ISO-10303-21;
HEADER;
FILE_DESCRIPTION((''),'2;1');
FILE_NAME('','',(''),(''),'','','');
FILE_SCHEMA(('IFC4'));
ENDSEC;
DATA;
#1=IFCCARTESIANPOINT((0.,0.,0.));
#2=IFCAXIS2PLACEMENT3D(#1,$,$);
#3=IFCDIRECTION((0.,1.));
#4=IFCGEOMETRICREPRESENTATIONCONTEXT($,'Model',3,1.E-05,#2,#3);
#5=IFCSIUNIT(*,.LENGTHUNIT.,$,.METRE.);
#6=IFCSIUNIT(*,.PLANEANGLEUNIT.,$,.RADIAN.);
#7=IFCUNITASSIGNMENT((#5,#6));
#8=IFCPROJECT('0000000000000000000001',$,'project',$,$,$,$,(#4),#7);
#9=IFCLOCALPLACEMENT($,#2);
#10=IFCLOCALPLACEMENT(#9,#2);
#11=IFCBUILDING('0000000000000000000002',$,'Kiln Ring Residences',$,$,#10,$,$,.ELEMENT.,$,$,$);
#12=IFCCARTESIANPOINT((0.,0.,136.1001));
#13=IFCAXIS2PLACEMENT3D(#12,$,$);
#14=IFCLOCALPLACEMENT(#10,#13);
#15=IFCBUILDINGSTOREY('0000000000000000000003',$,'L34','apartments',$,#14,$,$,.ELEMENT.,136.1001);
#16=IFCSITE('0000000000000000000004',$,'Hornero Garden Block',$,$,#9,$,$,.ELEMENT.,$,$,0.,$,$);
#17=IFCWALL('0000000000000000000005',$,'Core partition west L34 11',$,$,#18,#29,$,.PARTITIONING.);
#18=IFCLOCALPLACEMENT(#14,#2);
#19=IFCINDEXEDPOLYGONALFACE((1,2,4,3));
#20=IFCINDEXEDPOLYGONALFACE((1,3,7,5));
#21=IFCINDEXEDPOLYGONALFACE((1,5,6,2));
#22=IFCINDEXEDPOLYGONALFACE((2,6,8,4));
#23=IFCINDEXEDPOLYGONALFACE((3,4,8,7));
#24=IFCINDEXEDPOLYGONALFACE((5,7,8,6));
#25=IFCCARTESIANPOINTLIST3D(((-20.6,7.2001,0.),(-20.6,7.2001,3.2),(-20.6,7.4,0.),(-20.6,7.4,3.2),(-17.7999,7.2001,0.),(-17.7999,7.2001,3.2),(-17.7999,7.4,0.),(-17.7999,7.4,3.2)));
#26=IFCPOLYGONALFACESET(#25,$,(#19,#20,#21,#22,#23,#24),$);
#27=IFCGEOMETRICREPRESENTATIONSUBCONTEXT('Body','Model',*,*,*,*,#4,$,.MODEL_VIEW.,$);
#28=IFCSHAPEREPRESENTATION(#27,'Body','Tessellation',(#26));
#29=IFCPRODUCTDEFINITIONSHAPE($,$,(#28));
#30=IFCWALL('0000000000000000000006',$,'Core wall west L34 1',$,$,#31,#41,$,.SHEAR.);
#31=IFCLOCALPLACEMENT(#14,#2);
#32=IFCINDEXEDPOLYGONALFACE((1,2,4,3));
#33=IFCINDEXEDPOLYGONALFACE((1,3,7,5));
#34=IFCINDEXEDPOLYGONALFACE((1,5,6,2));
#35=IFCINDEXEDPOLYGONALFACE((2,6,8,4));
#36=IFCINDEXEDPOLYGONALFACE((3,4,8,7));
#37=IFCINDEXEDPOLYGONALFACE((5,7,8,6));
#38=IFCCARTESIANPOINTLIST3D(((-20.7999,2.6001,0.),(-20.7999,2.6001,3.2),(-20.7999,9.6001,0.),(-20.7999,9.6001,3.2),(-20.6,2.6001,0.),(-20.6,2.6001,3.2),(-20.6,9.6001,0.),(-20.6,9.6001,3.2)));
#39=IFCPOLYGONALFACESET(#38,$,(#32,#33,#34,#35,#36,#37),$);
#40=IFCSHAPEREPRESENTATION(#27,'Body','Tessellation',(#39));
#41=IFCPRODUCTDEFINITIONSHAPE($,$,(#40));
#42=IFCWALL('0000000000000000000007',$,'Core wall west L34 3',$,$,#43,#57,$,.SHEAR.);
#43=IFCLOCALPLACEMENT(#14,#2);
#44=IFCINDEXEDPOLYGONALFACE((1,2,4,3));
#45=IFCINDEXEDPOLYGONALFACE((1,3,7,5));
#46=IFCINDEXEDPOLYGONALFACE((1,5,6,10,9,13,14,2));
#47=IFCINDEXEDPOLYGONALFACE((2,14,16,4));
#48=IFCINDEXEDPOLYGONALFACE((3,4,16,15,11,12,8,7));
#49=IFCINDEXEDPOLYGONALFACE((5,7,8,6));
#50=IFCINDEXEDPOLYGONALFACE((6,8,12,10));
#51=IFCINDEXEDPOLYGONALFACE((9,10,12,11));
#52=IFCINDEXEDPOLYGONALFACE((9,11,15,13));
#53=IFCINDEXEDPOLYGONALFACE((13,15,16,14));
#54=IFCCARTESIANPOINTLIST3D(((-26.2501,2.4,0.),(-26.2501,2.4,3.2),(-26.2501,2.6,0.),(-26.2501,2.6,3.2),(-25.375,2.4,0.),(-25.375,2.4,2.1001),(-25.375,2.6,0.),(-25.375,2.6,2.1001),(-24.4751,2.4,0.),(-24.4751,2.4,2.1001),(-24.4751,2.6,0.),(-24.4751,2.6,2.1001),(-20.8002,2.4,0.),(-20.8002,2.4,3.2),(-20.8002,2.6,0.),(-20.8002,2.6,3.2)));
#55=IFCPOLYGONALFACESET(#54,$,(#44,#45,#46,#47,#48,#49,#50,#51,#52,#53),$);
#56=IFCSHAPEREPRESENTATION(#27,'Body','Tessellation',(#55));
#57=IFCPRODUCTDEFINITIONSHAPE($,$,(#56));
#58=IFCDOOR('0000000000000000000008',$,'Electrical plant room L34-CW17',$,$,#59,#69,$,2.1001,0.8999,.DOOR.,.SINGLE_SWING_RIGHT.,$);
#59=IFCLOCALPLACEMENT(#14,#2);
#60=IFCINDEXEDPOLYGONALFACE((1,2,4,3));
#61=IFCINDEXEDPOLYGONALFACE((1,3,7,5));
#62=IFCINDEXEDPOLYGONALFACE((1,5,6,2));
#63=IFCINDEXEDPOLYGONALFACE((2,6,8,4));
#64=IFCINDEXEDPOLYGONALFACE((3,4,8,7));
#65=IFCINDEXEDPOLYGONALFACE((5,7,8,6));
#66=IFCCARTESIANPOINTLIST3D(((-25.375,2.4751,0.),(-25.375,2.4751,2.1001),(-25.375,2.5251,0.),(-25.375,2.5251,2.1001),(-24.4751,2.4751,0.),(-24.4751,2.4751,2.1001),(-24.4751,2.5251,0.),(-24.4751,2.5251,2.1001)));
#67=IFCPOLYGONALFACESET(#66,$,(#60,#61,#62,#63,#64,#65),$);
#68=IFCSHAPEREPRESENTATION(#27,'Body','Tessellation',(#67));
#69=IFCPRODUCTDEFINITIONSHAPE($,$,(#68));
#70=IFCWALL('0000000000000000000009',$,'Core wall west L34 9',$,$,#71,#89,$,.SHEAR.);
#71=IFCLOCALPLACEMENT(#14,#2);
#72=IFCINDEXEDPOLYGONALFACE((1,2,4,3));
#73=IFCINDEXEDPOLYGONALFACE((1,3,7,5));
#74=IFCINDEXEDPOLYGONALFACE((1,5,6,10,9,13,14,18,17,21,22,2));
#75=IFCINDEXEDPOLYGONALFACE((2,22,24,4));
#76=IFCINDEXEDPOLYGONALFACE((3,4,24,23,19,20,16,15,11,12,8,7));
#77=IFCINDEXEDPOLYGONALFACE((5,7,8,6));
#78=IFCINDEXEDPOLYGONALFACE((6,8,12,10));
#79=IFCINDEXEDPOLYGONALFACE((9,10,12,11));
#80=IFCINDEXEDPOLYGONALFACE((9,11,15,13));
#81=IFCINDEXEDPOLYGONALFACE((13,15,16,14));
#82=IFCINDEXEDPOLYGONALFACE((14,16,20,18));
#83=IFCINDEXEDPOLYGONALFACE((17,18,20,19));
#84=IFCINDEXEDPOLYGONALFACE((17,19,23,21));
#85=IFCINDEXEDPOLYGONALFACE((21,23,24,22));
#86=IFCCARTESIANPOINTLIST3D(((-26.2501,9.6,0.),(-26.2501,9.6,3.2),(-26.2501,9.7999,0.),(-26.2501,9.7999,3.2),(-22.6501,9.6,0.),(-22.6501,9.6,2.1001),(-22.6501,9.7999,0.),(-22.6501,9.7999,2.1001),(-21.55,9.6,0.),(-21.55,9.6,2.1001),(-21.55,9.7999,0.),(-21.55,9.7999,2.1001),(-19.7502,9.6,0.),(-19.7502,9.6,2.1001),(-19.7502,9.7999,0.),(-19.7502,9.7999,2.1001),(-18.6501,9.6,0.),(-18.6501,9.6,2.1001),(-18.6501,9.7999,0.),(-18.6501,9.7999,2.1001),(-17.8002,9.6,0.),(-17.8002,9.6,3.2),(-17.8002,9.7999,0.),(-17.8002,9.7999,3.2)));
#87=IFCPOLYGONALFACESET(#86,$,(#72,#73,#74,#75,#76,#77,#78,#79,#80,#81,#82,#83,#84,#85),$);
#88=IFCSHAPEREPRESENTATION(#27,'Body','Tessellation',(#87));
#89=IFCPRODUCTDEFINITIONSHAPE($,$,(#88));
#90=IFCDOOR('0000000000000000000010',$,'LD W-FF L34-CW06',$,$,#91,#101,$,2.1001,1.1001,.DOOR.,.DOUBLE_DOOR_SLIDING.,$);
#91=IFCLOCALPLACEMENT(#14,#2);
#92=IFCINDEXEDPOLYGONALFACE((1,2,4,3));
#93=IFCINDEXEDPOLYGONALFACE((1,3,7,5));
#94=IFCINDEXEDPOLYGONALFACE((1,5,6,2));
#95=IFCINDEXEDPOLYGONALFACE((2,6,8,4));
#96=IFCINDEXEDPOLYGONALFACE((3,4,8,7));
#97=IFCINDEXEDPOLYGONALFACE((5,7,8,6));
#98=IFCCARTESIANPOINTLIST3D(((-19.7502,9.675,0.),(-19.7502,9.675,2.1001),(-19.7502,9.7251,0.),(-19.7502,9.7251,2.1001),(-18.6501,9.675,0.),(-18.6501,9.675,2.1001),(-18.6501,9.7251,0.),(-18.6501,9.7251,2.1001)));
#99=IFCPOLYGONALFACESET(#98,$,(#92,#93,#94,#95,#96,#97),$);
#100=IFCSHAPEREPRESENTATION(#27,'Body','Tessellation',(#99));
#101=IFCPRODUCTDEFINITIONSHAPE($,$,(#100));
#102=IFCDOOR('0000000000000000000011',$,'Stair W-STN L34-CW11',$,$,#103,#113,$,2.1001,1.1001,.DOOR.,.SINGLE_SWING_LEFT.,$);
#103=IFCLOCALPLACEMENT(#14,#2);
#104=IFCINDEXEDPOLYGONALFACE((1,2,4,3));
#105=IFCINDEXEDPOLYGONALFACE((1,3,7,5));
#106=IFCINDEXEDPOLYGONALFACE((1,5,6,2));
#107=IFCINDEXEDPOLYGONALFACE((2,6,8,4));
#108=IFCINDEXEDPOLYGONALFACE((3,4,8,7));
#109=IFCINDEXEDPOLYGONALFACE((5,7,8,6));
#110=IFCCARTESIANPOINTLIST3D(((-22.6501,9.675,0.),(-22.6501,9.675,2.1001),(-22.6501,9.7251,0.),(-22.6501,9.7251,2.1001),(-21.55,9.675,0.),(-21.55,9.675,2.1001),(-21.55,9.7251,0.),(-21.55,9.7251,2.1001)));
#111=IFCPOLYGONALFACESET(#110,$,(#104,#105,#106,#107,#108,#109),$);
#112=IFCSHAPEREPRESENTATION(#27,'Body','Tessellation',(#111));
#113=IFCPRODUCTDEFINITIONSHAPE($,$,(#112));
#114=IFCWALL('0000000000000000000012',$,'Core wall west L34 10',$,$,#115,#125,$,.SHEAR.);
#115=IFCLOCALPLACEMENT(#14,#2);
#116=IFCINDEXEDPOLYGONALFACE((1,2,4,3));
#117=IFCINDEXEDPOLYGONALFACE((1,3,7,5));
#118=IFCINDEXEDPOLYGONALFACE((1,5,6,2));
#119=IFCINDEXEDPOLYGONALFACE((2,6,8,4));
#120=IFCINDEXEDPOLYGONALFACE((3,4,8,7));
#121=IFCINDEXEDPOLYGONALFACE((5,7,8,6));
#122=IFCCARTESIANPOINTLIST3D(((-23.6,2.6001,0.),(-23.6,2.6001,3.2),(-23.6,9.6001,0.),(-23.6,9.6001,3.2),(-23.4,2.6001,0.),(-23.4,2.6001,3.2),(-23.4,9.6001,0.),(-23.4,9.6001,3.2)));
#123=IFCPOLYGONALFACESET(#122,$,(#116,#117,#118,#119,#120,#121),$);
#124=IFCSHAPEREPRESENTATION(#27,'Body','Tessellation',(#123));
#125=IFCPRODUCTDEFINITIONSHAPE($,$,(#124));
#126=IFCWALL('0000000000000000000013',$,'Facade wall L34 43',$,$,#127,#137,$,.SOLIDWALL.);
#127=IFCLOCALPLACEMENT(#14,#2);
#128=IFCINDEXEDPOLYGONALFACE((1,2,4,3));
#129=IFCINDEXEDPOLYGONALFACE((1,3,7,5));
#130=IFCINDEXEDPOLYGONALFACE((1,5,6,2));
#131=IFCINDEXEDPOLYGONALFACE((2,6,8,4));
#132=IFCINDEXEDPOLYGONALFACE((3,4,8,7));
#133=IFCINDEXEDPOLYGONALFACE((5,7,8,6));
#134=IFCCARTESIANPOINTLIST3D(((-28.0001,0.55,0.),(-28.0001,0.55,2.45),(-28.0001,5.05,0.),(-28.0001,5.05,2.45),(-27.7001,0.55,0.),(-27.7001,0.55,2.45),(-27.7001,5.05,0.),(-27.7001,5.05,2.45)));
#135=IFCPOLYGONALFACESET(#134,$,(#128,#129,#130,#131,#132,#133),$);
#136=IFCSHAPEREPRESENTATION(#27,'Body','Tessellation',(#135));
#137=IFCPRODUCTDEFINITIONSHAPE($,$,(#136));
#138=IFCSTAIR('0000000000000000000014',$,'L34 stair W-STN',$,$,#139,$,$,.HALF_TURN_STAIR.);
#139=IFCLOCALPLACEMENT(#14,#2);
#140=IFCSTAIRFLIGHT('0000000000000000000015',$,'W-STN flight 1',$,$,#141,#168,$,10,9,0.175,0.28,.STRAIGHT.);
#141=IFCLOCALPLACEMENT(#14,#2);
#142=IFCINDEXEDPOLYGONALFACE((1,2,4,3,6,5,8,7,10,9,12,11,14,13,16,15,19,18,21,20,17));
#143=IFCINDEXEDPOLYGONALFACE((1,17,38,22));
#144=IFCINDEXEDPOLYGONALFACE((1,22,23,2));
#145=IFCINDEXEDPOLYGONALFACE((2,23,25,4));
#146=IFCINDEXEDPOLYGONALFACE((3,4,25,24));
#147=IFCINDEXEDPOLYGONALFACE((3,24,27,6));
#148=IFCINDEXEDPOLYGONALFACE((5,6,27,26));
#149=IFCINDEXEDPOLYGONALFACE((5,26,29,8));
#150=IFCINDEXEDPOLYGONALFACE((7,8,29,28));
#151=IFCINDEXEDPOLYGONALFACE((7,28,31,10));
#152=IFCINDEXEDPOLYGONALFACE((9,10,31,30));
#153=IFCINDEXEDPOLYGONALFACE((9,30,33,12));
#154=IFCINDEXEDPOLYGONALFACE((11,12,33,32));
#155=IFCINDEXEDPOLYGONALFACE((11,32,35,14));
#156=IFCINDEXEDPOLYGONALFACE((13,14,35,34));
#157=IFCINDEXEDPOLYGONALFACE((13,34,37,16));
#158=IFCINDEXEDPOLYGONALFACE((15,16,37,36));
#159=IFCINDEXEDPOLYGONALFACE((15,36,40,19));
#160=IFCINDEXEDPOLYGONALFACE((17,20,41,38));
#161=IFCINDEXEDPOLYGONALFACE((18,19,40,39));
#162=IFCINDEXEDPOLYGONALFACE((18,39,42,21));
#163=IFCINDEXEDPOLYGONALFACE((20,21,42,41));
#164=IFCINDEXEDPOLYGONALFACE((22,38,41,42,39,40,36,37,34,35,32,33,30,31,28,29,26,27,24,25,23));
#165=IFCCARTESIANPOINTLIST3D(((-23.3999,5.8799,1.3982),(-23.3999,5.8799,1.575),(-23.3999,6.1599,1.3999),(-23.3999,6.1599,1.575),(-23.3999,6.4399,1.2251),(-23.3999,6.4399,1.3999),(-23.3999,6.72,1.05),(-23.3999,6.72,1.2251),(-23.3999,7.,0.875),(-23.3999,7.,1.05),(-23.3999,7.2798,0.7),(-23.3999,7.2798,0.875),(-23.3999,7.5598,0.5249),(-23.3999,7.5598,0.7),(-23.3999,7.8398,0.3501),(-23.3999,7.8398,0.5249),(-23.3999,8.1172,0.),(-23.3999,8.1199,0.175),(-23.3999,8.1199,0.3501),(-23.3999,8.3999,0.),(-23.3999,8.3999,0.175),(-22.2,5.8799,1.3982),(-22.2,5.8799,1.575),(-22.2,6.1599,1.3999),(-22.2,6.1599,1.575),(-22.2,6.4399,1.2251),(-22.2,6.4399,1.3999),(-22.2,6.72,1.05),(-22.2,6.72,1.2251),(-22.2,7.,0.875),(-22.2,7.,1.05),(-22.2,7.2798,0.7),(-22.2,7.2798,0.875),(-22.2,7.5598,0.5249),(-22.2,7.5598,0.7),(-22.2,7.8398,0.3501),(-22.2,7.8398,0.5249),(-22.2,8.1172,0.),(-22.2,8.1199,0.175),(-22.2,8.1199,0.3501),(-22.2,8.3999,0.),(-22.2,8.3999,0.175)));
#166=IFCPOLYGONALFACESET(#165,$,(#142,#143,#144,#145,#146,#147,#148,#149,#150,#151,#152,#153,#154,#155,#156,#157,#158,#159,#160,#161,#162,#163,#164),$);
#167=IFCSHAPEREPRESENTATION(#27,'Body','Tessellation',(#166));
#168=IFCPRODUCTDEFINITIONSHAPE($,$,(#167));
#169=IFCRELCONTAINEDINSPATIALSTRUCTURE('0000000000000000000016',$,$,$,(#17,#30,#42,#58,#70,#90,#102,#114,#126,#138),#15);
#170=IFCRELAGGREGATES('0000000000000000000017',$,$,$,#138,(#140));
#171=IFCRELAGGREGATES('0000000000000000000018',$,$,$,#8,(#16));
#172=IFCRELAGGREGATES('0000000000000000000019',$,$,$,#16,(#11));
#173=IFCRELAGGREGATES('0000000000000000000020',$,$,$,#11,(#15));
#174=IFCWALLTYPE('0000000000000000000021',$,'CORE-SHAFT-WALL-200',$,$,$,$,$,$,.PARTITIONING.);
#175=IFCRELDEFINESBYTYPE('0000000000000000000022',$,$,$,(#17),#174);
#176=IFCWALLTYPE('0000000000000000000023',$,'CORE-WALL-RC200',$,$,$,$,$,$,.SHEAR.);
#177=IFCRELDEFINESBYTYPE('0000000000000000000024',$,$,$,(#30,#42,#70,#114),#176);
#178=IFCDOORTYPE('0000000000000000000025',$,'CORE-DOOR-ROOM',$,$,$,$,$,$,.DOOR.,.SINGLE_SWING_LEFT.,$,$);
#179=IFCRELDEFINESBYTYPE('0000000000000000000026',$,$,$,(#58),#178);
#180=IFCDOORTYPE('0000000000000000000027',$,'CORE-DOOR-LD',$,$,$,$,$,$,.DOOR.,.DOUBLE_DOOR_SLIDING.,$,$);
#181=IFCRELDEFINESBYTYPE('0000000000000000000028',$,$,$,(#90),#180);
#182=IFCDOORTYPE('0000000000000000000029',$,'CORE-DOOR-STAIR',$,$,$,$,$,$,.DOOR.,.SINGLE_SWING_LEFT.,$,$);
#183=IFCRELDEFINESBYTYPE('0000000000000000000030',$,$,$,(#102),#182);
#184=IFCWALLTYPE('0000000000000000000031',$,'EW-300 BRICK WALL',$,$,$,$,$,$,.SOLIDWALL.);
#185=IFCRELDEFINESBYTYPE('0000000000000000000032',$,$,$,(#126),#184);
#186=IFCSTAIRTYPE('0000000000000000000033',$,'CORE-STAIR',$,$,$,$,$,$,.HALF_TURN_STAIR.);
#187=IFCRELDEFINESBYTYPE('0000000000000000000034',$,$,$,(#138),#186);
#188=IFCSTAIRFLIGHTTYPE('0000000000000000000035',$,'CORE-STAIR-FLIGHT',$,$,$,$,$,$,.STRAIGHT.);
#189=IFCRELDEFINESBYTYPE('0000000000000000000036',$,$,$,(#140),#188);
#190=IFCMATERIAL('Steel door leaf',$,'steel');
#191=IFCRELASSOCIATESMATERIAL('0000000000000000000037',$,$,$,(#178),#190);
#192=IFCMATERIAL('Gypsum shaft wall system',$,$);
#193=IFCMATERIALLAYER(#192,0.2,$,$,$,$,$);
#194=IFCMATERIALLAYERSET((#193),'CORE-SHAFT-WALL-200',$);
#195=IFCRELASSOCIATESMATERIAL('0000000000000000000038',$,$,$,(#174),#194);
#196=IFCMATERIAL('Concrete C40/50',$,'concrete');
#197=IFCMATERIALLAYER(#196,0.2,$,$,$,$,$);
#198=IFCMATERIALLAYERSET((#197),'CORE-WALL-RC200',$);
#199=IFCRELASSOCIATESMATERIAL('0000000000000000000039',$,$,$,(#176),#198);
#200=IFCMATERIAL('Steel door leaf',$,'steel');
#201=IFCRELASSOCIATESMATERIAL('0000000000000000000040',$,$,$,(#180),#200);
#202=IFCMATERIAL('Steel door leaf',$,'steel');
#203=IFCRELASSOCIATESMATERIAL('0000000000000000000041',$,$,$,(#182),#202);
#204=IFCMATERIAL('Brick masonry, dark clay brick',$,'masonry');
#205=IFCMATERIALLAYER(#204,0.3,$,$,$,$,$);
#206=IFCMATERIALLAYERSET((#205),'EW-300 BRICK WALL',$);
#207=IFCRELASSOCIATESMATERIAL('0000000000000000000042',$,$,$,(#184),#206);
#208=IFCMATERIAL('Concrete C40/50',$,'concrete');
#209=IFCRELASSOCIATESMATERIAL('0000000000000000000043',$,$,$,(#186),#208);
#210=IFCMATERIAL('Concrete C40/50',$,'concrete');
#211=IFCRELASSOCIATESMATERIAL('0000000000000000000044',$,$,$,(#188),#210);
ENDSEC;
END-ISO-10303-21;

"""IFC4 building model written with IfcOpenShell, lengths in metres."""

from ifc_helpers import new_model, si_unit, direction, frame, frame_2d, origin, place, context, subcontext, project, spatial, polyline, rectangle, outline, extrude, material, layer, layer_set, type_object, element, fill, aggregate, save


model = new_model("IFC4")

# Units and contexts
model_context = context("Model", 3, precision=1e-05, world=origin(), true_north=direction((0.0, 1.0)))
body_context = subcontext(model_context, "Body", "Model", "MODEL_VIEW")
ifc_project = project(units=[si_unit("LENGTHUNIT", "METRE"), si_unit("PLANEANGLEUNIT", "RADIAN")], contexts=[model_context])

# Site, building, storey
site_placement = place(None, origin())
site = spatial("IfcSite", under=ifc_project, at=site_placement, Name="Hornero Garden Block", CompositionType="ELEMENT", RefElevation=0.0)
building_placement = place(site_placement, origin())
building = spatial("IfcBuilding", under=site, at=building_placement, Name="Kiln Ring Residences", CompositionType="ELEMENT")
storey_placement = place(building_placement, frame((0.0, 0.0, 136.1001)))
storey = spatial("IfcBuildingStorey", under=building, at=storey_placement, Name="L34", Description="apartments", CompositionType="ELEMENT", Elevation=136.1001)

# Shared definitions
ifc_material_1 = material(Name="Steel door leaf", Category="steel")
door_type_1 = type_object("IfcDoorType", Name="CORE-DOOR-ROOM", OperationType="SINGLE_SWING_LEFT", PredefinedType="DOOR", material=ifc_material_1)

# Shared definitions
ifc_material_2 = material(Name="Gypsum shaft wall system")
ifc_layer_1 = layer(ifc_material_2, 0.2)
ifc_layer_set_1 = layer_set([ifc_layer_1], Name="CORE-SHAFT-WALL-200")
wall_type_1 = type_object("IfcWallType", Name="CORE-SHAFT-WALL-200", PredefinedType="PARTITIONING", material=ifc_layer_set_1)

# Walls
for number, where, z_axis, x_axis, name in (
    (1, (-17.8, 7.3, 0.0), (0.0, 0.0, 1.0), (-1.0, 0.0, 0.0), "Core partition west L34 11"),
):
    element("IfcWall", number, at=place(storey_placement, frame(where, z_axis=z_axis, x_axis=x_axis)), inside=storey, type_object=wall_type_1, Name=name, PredefinedType="PARTITIONING", context=body_context, shape_type="SweptSolid", body=[
        extrude(rectangle(XDim=2.8, YDim=0.2, at=frame_2d((1.3999, 0.0))), origin(), (0.0, 0.0, 1.0), 3.2),
    ])
ifc_material_3 = material(Name="Concrete C40/50", Category="concrete")
ifc_layer_2 = layer(ifc_material_3, 0.2)
ifc_layer_set_2 = layer_set([ifc_layer_2], Name="CORE-WALL-RC200")
wall_type_2 = type_object("IfcWallType", Name="CORE-WALL-RC200", PredefinedType="SHEAR", material=ifc_layer_set_2)
wall_1_placement = place(storey_placement, frame((-20.7, 2.6001, 0.0), z_axis=(0.0, 0.0, 1.0), x_axis=(0.0, 1.0, 0.0)))
element("IfcWall", 2, at=wall_1_placement, inside=storey, type_object=wall_type_2, Name="Core wall west L34 1", PredefinedType="SHEAR", context=body_context, shape_type="SweptSolid", body=[
    extrude(rectangle(XDim=7.0, YDim=0.2, at=frame_2d((3.5, 0.0))), origin(), (0.0, 0.0, 1.0), 3.2),
])

# Wall, opening, door
wall_2_placement = place(storey_placement, frame((-20.8, 2.5, 0.0), z_axis=(0.0, 0.0, 1.0), x_axis=(-1.0, 0.0, 0.0)))
wall_2 = element("IfcWall", 3, at=wall_2_placement, inside=storey, type_object=wall_type_2, Name="Core wall west L34 3", PredefinedType="SHEAR", context=body_context, shape_type="SweptSolid", body=[
    extrude(rectangle(XDim=5.45, YDim=0.2, at=frame_2d((2.7251, 0.0))), origin(), (0.0, 0.0, 1.0), 3.2),
])
opening_1_placement = place(wall_2_placement, frame((3.675, 0.0, 0.0)))
opening_1 = element("IfcOpeningElement", 4, at=opening_1_placement, cuts=wall_2, PredefinedType="OPENING", context=body_context, shape_type="SweptSolid", body=[
    extrude(rectangle(XDim=0.8999, YDim=2.1001, at=frame_2d((0.45, 1.05))), frame((0.0, 0.1099, 0.0), z_axis=(0.0, -1.0, 0.0), x_axis=(1.0, 0.0, 0.0)), (0.0, 0.0, 1.0), 0.22),
])
door_1_placement = place(opening_1_placement, origin())
door_1 = element("IfcDoor", 5, at=door_1_placement, inside=storey, type_object=door_type_1, Name="Electrical plant room L34-CW17", OperationType="SINGLE_SWING_RIGHT", OverallHeight=2.1001, OverallWidth=0.8999, PredefinedType="DOOR", context=body_context, shape_type="SweptSolid", body=[
    extrude(rectangle(XDim=0.8999, YDim=2.1001, at=frame_2d((0.45, 1.05))), frame((0.0, 0.0249, 0.0), z_axis=(0.0, -1.0, 0.0), x_axis=(1.0, 0.0, 0.0)), (0.0, 0.0, 1.0), 0.05),
])
fill(opening_1, door_1)

# Wall, openings, doors
wall_3_placement = place(storey_placement, frame((-17.8, 9.7, 0.0), z_axis=(0.0, 0.0, 1.0), x_axis=(-1.0, 0.0, 0.0)))
wall_3 = element("IfcWall", 6, at=wall_3_placement, inside=storey, type_object=wall_type_2, Name="Core wall west L34 9", PredefinedType="SHEAR", context=body_context, shape_type="SweptSolid", body=[
    extrude(rectangle(XDim=8.45, YDim=0.2, at=frame_2d((4.2251, 0.0))), origin(), (0.0, 0.0, 1.0), 3.2),
])
opening_2_placement = place(wall_3_placement, frame((0.8501, 0.0, 0.0)))
opening_2 = element("IfcOpeningElement", 7, at=opening_2_placement, cuts=wall_3, PredefinedType="OPENING", context=body_context, shape_type="SweptSolid", body=[
    extrude(rectangle(XDim=1.1001, YDim=2.1001, at=frame_2d((0.55, 1.05))), frame((0.0, 0.1099, 0.0), z_axis=(0.0, -1.0, 0.0), x_axis=(1.0, 0.0, 0.0)), (0.0, 0.0, 1.0), 0.22),
])
opening_3_placement = place(wall_3_placement, frame((3.75, 0.0, 0.0)))
opening_3 = element("IfcOpeningElement", 8, at=opening_3_placement, cuts=wall_3, PredefinedType="OPENING", context=body_context, shape_type="SweptSolid", body=[
    extrude(rectangle(XDim=1.1001, YDim=2.1001, at=frame_2d((0.55, 1.05))), frame((0.0, 0.1099, 0.0), z_axis=(0.0, -1.0, 0.0), x_axis=(1.0, 0.0, 0.0)), (0.0, 0.0, 1.0), 0.22),
])
ifc_material_4 = material(Name="Steel door leaf", Category="steel")
door_type_2 = type_object("IfcDoorType", Name="CORE-DOOR-LD", OperationType="DOUBLE_DOOR_SLIDING", PredefinedType="DOOR", material=ifc_material_4)
door_2_placement = place(opening_2_placement, origin())
door_2 = element("IfcDoor", 9, at=door_2_placement, inside=storey, type_object=door_type_2, Name="LD W-FF L34-CW06", OperationType="DOUBLE_DOOR_SLIDING", OverallHeight=2.1001, OverallWidth=1.1001, PredefinedType="DOOR", context=body_context, shape_type="SweptSolid", body=[
    extrude(rectangle(XDim=1.1001, YDim=2.1001, at=frame_2d((0.55, 1.05))), frame((0.0, 0.0249, 0.0), z_axis=(0.0, -1.0, 0.0), x_axis=(1.0, 0.0, 0.0)), (0.0, 0.0, 1.0), 0.05),
])
fill(opening_2, door_2)
ifc_material_5 = material(Name="Steel door leaf", Category="steel")
door_type_3 = type_object("IfcDoorType", Name="CORE-DOOR-STAIR", OperationType="SINGLE_SWING_LEFT", PredefinedType="DOOR", material=ifc_material_5)
door_3_placement = place(opening_3_placement, origin())
door_3 = element("IfcDoor", 10, at=door_3_placement, inside=storey, type_object=door_type_3, Name="Stair W-STN L34-CW11", OperationType="SINGLE_SWING_LEFT", OverallHeight=2.1001, OverallWidth=1.1001, PredefinedType="DOOR", context=body_context, shape_type="SweptSolid", body=[
    extrude(rectangle(XDim=1.1001, YDim=2.1001, at=frame_2d((0.55, 1.05))), frame((0.0, 0.0249, 0.0), z_axis=(0.0, -1.0, 0.0), x_axis=(1.0, 0.0, 0.0)), (0.0, 0.0, 1.0), 0.05),
])
fill(opening_3, door_3)

# Walls
wall_4_placement = place(storey_placement, frame((-23.5, 2.6001, 0.0), z_axis=(0.0, 0.0, 1.0), x_axis=(0.0, 1.0, 0.0)))
element("IfcWall", 11, at=wall_4_placement, inside=storey, type_object=wall_type_2, Name="Core wall west L34 10", PredefinedType="SHEAR", context=body_context, shape_type="SweptSolid", body=[
    extrude(rectangle(XDim=7.0, YDim=0.2, at=frame_2d((3.5, 0.0))), origin(), (0.0, 0.0, 1.0), 3.2),
])
ifc_material_6 = material(Name="Brick masonry, dark clay brick", Category="masonry")
ifc_layer_3 = layer(ifc_material_6, 0.3)
ifc_layer_set_3 = layer_set([ifc_layer_3], Name="EW-300 BRICK WALL")
wall_type_3 = type_object("IfcWallType", Name="EW-300 BRICK WALL", PredefinedType="SOLIDWALL", material=ifc_layer_set_3)
wall_5_placement = place(storey_placement, frame((-27.8501, 5.05, 0.0), z_axis=(0.0, 0.0, 1.0), x_axis=(0.0, -1.0, 0.0)))
element("IfcWall", 12, at=wall_5_placement, inside=storey, type_object=wall_type_3, Name="Facade wall L34 43", PredefinedType="SOLIDWALL", context=body_context, shape_type="SweptSolid", body=[
    extrude(rectangle(XDim=4.5, YDim=0.3, at=frame_2d((2.25, 0.0))), origin(), (0.0, 0.0, 1.0), 2.45),
])

# Stair, stair flight
ifc_material_7 = material(Name="Concrete C40/50", Category="concrete")
stair_type = type_object("IfcStairType", Name="CORE-STAIR", PredefinedType="HALF_TURN_STAIR", material=ifc_material_7)
stair_placement = place(storey_placement, origin())
stair = element("IfcStair", 13, at=stair_placement, inside=storey, type_object=stair_type, Name="L34 stair W-STN", PredefinedType="HALF_TURN_STAIR")
ifc_material_8 = material(Name="Concrete C40/50", Category="concrete")
stair_flight_type = type_object("IfcStairFlightType", Name="CORE-STAIR-FLIGHT", PredefinedType="STRAIGHT", material=ifc_material_8)
stair_flight_1_placement = place(storey_placement, frame((-22.8, 8.3999, 0.0), z_axis=(0.0, 0.0, 1.0), x_axis=(0.0, -1.0, 0.0)))
stair_flight_1 = element("IfcStairFlight", 14, at=stair_flight_1_placement, type_object=stair_flight_type, Name="W-STN flight 1", NumberOfRisers=10, NumberOfTreads=9, PredefinedType="STRAIGHT", RiserHeight=0.175, TreadLength=0.28, context=body_context, shape_type="SweptSolid", body=[
    extrude(outline(polyline([(0.0, 0.0), (0.0, 0.175), (0.28, 0.175), (0.28, 0.3501), (0.5601, 0.3501), (0.5601, 0.5249), (0.8401, 0.5249), (0.8401, 0.7), (1.1201, 0.7), (1.1201, 0.875), (1.3999, 0.875), (1.3999, 1.05), (1.6799, 1.05), (1.6799, 1.2251), (1.96, 1.2251), (1.96, 1.3999), (2.24, 1.3999), (2.24, 1.575), (2.52, 1.575), (2.52, 1.75), (2.52, 1.3982), (0.2827, 0.0), (0.0, 0.0)])), frame((0.0, 0.6001, 0.0), z_axis=(0.0, -1.0, 0.0), x_axis=(1.0, 0.0, 0.0)), (0.0, 0.0, 1.0), 1.2),
])
aggregate(stair, [stair_flight_1])

save(model, "model.ifc")
